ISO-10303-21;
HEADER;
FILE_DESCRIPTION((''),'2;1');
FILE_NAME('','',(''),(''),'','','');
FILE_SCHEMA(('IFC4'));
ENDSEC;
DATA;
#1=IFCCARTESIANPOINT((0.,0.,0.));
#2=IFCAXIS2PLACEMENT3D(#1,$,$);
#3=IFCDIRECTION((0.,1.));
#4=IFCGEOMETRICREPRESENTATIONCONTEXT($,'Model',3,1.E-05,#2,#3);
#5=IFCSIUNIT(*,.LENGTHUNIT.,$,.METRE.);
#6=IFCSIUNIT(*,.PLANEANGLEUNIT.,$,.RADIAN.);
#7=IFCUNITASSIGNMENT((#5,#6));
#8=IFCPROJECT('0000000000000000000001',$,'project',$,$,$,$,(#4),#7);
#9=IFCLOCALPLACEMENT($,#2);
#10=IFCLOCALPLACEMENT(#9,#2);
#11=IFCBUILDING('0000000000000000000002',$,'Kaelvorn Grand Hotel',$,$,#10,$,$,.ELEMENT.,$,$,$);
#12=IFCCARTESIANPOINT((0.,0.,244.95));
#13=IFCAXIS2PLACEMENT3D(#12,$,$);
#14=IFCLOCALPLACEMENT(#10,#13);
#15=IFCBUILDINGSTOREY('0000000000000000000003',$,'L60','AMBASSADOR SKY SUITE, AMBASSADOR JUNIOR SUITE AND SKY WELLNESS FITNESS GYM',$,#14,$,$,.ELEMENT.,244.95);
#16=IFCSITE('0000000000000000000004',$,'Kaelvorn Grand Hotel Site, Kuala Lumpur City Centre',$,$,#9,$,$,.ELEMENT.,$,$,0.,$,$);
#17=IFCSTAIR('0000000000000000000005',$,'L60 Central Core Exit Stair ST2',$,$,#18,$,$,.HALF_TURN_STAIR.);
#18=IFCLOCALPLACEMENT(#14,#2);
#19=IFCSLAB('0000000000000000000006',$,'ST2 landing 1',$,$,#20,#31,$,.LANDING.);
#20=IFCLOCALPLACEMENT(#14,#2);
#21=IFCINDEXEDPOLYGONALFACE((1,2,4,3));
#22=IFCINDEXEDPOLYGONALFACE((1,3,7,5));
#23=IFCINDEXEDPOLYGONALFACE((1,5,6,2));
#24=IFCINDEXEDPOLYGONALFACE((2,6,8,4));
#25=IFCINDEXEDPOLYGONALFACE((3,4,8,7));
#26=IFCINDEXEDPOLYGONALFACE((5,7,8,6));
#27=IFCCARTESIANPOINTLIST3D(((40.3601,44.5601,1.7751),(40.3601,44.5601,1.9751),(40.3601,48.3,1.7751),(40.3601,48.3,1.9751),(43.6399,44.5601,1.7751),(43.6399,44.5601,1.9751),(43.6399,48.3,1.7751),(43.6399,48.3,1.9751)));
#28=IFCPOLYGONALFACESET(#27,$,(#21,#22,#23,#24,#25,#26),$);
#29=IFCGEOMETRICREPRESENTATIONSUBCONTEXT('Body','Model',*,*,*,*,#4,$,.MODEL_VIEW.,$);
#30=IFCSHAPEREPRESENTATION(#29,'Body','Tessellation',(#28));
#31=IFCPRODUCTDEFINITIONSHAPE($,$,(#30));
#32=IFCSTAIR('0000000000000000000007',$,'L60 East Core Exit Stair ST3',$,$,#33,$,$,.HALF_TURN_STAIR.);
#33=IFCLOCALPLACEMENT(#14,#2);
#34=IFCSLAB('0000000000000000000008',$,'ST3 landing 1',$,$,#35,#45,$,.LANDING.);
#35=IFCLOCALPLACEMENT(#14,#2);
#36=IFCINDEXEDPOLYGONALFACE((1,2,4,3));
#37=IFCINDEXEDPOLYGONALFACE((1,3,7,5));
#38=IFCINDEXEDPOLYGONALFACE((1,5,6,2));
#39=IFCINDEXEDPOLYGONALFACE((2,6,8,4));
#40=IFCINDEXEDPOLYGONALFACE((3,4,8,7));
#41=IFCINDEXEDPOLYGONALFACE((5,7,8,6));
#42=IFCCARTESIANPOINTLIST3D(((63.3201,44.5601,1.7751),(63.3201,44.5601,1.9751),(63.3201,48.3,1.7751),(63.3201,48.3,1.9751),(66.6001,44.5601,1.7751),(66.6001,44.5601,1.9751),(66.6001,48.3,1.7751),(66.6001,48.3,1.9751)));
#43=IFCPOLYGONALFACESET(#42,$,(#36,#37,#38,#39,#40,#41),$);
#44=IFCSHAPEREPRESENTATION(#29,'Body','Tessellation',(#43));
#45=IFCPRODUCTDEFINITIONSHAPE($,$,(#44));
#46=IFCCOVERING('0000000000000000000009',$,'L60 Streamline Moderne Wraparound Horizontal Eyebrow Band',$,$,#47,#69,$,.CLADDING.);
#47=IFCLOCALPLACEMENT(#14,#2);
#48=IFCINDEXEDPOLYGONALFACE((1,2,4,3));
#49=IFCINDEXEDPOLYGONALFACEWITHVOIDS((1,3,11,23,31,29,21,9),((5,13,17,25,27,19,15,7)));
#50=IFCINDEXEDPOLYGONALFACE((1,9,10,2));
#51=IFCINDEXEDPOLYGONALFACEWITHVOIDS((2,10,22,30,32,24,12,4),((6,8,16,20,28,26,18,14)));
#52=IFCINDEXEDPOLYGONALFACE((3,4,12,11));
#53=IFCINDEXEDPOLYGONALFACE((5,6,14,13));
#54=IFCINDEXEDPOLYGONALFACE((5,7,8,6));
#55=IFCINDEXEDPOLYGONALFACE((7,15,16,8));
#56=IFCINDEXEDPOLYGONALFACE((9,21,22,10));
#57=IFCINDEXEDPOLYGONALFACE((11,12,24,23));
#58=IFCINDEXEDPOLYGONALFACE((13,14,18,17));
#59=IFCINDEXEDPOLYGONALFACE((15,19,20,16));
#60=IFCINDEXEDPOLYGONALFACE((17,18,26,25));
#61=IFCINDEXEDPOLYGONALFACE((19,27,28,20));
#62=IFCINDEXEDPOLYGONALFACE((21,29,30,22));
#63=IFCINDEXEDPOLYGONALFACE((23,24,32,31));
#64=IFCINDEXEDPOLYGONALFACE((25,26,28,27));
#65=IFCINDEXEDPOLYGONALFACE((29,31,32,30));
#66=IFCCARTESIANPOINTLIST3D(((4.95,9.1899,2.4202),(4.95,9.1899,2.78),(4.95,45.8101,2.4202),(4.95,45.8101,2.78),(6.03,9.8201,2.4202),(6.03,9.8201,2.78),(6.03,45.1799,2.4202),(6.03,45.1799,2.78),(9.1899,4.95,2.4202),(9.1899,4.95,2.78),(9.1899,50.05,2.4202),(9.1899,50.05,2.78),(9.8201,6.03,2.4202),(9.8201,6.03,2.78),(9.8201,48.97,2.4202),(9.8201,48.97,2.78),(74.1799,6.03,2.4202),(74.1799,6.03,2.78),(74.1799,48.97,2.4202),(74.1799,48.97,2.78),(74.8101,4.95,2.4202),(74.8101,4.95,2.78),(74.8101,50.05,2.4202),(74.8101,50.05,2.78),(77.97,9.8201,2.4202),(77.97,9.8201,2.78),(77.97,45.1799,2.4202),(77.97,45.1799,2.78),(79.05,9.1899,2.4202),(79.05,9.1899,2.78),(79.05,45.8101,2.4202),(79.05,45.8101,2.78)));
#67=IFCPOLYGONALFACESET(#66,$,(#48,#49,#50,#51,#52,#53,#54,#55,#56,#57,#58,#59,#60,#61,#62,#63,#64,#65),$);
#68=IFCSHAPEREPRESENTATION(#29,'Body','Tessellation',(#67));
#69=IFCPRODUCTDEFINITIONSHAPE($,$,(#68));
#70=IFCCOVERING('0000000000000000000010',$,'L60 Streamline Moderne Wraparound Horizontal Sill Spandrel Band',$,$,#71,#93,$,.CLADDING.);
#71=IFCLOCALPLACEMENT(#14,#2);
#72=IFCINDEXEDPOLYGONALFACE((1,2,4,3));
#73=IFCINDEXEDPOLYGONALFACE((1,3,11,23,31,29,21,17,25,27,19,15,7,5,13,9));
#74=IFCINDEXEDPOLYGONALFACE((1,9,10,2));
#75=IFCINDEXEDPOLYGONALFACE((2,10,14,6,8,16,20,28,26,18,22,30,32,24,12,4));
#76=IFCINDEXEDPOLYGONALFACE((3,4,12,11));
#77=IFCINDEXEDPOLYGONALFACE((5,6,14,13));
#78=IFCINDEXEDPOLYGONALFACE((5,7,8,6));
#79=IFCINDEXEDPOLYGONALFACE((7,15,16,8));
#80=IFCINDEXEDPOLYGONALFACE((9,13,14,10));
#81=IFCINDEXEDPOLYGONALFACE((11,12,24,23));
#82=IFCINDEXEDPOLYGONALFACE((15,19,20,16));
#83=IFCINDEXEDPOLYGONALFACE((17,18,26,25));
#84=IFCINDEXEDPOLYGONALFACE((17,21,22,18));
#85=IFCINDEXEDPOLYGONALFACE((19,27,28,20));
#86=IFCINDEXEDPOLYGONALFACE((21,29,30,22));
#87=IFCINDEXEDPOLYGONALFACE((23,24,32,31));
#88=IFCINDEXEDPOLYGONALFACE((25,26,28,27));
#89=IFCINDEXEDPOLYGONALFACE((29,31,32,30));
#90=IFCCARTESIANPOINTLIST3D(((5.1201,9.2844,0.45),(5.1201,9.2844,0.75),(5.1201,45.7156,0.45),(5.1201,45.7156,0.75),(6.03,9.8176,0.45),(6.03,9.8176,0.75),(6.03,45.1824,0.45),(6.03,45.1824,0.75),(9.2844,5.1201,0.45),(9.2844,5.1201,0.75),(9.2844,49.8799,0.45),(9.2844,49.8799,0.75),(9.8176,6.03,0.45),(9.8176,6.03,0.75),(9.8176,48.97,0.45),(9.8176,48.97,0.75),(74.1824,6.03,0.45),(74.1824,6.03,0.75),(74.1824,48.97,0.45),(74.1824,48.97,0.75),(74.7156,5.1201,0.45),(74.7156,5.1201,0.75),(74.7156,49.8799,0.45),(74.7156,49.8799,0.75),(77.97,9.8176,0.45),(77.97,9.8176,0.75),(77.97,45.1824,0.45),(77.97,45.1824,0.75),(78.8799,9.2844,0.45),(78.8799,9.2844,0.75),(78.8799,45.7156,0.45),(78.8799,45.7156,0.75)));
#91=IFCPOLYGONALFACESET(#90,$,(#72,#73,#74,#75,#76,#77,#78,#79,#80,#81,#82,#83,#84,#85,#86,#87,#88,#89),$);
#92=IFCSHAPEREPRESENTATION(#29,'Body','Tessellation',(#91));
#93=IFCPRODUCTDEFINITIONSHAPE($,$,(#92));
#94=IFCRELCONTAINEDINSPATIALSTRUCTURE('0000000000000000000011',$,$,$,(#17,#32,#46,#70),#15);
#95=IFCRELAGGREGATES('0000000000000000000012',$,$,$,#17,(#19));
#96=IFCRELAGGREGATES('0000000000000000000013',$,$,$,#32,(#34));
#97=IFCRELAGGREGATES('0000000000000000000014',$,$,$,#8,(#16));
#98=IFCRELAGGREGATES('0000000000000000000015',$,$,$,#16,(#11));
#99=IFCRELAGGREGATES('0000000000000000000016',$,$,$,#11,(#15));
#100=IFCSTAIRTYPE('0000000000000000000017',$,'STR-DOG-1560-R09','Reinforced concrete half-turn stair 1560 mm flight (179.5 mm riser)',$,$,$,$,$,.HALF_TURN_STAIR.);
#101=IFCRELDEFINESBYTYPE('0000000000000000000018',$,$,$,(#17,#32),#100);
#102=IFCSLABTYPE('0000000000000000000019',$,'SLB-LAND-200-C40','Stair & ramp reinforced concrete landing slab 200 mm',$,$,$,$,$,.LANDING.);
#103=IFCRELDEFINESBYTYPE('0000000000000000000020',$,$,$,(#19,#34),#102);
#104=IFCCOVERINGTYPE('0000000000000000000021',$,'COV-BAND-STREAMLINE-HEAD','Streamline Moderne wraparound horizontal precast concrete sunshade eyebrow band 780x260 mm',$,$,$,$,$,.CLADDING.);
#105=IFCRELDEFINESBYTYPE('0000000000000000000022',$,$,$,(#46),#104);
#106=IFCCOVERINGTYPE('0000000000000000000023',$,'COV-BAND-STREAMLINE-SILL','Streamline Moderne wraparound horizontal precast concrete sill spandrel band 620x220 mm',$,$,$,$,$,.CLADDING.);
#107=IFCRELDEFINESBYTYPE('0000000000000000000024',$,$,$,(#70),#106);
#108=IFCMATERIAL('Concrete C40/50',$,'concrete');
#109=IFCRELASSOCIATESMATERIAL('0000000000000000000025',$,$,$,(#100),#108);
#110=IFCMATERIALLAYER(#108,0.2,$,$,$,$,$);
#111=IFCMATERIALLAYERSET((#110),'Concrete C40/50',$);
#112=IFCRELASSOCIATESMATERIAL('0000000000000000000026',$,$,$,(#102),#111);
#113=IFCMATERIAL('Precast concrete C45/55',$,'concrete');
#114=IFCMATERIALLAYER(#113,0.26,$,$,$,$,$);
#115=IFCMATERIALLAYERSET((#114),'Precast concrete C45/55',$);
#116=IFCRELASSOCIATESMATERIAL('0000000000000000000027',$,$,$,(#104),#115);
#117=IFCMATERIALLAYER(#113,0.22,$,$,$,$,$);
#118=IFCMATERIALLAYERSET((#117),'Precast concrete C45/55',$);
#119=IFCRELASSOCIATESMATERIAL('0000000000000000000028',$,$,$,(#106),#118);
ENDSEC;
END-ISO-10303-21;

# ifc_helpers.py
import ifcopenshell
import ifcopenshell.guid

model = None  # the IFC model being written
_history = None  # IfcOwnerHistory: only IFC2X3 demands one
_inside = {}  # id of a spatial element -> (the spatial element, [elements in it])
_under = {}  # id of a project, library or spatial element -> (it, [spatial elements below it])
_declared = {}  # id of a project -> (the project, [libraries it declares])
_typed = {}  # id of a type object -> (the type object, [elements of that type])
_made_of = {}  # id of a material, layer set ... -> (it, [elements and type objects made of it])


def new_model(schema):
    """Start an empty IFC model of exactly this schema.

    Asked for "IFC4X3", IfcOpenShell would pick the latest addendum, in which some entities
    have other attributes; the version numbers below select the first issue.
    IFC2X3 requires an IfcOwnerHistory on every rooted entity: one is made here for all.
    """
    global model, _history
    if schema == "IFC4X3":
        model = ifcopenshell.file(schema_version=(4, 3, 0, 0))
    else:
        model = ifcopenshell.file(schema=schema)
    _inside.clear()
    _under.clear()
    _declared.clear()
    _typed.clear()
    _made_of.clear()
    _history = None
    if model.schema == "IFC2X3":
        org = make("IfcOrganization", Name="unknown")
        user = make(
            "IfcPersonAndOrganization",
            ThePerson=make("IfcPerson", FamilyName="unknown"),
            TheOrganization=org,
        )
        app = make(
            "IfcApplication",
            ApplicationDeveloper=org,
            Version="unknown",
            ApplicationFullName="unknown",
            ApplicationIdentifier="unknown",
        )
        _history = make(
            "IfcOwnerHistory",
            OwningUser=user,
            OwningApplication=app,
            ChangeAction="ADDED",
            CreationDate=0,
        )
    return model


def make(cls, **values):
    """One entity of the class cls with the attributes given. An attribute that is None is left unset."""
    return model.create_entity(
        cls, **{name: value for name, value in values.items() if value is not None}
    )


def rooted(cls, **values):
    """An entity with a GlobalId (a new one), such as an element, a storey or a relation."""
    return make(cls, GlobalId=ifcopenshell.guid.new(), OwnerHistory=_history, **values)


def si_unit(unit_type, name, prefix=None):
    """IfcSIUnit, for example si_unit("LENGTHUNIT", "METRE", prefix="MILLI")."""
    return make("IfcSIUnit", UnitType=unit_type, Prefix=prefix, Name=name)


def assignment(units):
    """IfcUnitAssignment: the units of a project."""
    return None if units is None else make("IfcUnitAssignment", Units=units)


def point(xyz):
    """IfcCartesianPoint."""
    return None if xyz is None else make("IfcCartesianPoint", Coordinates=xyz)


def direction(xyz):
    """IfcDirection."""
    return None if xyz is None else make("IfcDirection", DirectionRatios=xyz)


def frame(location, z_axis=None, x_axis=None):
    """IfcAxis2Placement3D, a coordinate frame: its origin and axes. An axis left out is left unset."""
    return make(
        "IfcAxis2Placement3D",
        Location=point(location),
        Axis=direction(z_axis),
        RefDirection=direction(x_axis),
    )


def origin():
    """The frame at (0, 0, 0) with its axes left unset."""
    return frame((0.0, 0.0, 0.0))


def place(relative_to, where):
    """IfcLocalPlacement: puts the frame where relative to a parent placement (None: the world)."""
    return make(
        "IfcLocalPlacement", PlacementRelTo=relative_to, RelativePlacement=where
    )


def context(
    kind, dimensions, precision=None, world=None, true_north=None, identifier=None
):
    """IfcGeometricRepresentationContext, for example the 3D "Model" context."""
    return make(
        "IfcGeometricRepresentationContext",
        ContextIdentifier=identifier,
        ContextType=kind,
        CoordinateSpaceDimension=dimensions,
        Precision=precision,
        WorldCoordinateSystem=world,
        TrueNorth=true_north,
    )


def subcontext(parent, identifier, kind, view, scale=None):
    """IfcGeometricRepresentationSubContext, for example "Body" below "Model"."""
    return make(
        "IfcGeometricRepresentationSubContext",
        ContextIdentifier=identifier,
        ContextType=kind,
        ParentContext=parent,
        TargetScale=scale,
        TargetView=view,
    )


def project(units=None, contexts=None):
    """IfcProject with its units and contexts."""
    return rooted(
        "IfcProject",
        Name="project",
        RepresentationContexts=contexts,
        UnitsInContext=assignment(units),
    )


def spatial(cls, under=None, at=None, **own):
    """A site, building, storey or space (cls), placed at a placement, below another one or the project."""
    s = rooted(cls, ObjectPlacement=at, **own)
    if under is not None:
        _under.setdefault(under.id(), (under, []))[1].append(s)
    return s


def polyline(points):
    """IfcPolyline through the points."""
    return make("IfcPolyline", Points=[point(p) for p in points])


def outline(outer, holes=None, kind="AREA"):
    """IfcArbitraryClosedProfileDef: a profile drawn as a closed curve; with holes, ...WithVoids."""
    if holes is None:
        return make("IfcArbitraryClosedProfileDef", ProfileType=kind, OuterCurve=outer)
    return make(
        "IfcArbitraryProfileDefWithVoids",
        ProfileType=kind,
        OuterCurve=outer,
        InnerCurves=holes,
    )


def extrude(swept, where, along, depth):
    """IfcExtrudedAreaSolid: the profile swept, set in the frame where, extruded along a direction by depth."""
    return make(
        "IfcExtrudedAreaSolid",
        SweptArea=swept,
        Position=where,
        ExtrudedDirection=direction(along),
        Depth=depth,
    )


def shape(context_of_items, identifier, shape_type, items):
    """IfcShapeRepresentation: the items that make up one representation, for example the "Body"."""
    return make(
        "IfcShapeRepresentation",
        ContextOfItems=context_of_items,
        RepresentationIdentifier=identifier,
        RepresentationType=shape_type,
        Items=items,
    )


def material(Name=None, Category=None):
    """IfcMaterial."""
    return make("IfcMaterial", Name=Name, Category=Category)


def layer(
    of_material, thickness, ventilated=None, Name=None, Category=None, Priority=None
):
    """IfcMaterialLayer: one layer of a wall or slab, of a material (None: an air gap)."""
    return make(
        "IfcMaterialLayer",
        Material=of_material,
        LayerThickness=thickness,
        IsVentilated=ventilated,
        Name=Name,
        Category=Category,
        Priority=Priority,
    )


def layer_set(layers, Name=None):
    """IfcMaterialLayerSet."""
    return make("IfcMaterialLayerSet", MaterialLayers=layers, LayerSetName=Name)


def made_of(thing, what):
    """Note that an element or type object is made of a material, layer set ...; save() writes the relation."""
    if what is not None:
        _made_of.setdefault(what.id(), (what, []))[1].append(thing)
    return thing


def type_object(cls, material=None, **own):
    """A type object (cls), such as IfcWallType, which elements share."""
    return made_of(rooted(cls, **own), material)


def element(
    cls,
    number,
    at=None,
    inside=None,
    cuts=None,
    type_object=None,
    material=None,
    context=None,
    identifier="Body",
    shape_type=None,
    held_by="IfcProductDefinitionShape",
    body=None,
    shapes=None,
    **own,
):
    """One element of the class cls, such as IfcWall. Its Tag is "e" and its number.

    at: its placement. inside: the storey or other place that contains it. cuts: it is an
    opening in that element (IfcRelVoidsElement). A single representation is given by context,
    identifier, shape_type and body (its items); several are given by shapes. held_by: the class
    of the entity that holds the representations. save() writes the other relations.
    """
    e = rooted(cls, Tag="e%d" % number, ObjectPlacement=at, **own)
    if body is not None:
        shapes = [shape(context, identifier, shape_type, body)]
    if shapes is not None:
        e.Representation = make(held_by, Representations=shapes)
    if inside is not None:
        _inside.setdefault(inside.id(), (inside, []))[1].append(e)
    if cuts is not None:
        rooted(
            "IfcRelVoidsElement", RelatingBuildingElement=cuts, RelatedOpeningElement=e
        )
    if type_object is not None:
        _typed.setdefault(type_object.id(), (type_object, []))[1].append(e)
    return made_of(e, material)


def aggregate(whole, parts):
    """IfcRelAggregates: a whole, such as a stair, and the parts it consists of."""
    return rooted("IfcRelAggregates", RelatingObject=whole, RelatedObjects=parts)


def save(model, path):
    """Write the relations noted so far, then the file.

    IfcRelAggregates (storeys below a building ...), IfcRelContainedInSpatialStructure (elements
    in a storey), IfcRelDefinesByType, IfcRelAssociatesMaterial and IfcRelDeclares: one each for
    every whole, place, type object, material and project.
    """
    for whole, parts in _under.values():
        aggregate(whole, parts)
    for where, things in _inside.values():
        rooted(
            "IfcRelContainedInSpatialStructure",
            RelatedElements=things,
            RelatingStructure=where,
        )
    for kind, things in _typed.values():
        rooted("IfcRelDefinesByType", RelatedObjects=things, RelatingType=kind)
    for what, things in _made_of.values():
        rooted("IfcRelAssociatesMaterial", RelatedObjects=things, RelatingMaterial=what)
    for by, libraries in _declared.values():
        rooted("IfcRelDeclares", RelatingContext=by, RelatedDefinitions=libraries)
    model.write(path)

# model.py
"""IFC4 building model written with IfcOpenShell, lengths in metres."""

from ifc_helpers import new_model, si_unit, direction, frame, origin, place, context, subcontext, project, spatial, polyline, outline, extrude, material, layer, layer_set, type_object, element, aggregate, save


model = new_model("IFC4")

# Units and contexts
model_context = context("Model", 3, precision=1e-05, world=origin(), true_north=direction((0.0, 1.0)))
body_context = subcontext(model_context, "Body", "Model", "MODEL_VIEW")
ifc_project = project(units=[si_unit("LENGTHUNIT", "METRE"), si_unit("PLANEANGLEUNIT", "RADIAN")], contexts=[model_context])

# Site, building, storey
site_placement = place(None, origin())
site = spatial("IfcSite", under=ifc_project, at=site_placement, Name="Kaelvorn Grand Hotel Site, Kuala Lumpur City Centre", CompositionType="ELEMENT", RefElevation=0.0)
building_placement = place(site_placement, origin())
building = spatial("IfcBuilding", under=site, at=building_placement, Name="Kaelvorn Grand Hotel", CompositionType="ELEMENT")
storey_placement = place(building_placement, frame((0.0, 0.0, 244.95)))
storey = spatial("IfcBuildingStorey", under=building, at=storey_placement, Name="L60", Description="AMBASSADOR SKY SUITE, AMBASSADOR JUNIOR SUITE AND SKY WELLNESS FITNESS GYM", CompositionType="ELEMENT", Elevation=244.95)

# Shared definitions
ifc_material_1 = material(Name="Precast concrete C45/55", Category="concrete")

# Shared definitions
ifc_material_2 = material(Name="Concrete C40/50", Category="concrete")

# Stairs, slabs
stair_type = type_object("IfcStairType", Name="STR-DOG-1560-R09", Description="Reinforced concrete half-turn stair 1560 mm flight (179.5 mm riser)", PredefinedType="HALF_TURN_STAIR", material=ifc_material_2)
ifc_layer_1 = layer(ifc_material_2, 0.2)
ifc_layer_set_1 = layer_set([ifc_layer_1], Name="Concrete C40/50")
slab_type_1 = type_object("IfcSlabType", Name="SLB-LAND-200-C40", Description="Stair & ramp reinforced concrete landing slab 200 mm", PredefinedType="LANDING", material=ifc_layer_set_1)
stair_1_placement = place(storey_placement, origin())
stair_1 = element("IfcStair", 1, at=stair_1_placement, inside=storey, type_object=stair_type, Name="L60 Central Core Exit Stair ST2", PredefinedType="HALF_TURN_STAIR")
slab_1_placement = place(storey_placement, frame((0.0, 0.0, 1.7751)))
slab_1 = element("IfcSlab", 2, at=slab_1_placement, type_object=slab_type_1, Name="ST2 landing 1", PredefinedType="LANDING", context=body_context, shape_type="SweptSolid", body=[
    extrude(outline(polyline([(43.6399, 44.5601), (43.6399, 48.3), (40.3601, 48.3), (40.3601, 44.5601), (43.6399, 44.5601)])), origin(), (0.0, 0.0, 1.0), 0.2),
])
aggregate(stair_1, [slab_1])
stair_2_placement = place(storey_placement, origin())
stair_2 = element("IfcStair", 3, at=stair_2_placement, inside=storey, type_object=stair_type, Name="L60 East Core Exit Stair ST3", PredefinedType="HALF_TURN_STAIR")
slab_2_placement = place(storey_placement, frame((0.0, 0.0, 1.7751)))
slab_2 = element("IfcSlab", 4, at=slab_2_placement, type_object=slab_type_1, Name="ST3 landing 1", PredefinedType="LANDING", context=body_context, shape_type="SweptSolid", body=[
    extrude(outline(polyline([(66.6001, 44.5601), (66.6001, 48.3), (63.3201, 48.3), (63.3201, 44.5601), (66.6001, 44.5601)])), origin(), (0.0, 0.0, 1.0), 0.2),
])
aggregate(stair_2, [slab_2])

# Coverings
ifc_layer_2 = layer(ifc_material_1, 0.26)
ifc_layer_set_2 = layer_set([ifc_layer_2], Name="Precast concrete C45/55")
covering_type_1 = type_object("IfcCoveringType", Name="COV-BAND-STREAMLINE-HEAD", Description="Streamline Moderne wraparound horizontal precast concrete sunshade eyebrow band 780x260 mm", PredefinedType="CLADDING", material=ifc_layer_set_2)
covering_1_placement = place(storey_placement, frame((0.0, 0.0, 2.4202)))
element("IfcCovering", 5, at=covering_1_placement, inside=storey, type_object=covering_type_1, Name="L60 Streamline Moderne Wraparound Horizontal Eyebrow Band", PredefinedType="CLADDING", context=body_context, shape_type="SweptSolid", body=[
    extrude(outline(polyline([(9.1899, 4.95), (74.8101, 4.95), (79.05, 9.1899), (79.05, 45.8101), (74.8101, 50.05), (9.1899, 50.05), (4.95, 45.8101), (4.95, 9.1899), (9.1899, 4.95)]), holes=[polyline([(9.8201, 6.03), (74.1799, 6.03), (77.97, 9.8201), (77.97, 45.1799), (74.1799, 48.97), (9.8201, 48.97), (6.03, 45.1799), (6.03, 9.8201), (9.8201, 6.03)])]), origin(), (0.0, 0.0, 1.0), 0.3599),
])
ifc_layer_3 = layer(ifc_material_1, 0.22)
ifc_layer_set_3 = layer_set([ifc_layer_3], Name="Precast concrete C45/55")
covering_type_2 = type_object("IfcCoveringType", Name="COV-BAND-STREAMLINE-SILL", Description="Streamline Moderne wraparound horizontal precast concrete sill spandrel band 620x220 mm", PredefinedType="CLADDING", material=ifc_layer_set_3)
covering_2_placement = place(storey_placement, frame((0.0, 0.0, 0.45)))
element("IfcCovering", 6, at=covering_2_placement, inside=storey, type_object=covering_type_2, Name="L60 Streamline Moderne Wraparound Horizontal Sill Spandrel Band", PredefinedType="CLADDING", context=body_context, shape_type="SweptSolid", body=[
    extrude(outline(polyline([(74.7156, 5.1201), (78.8799, 9.2844), (78.8799, 45.7156), (74.7156, 49.8799), (9.2844, 49.8799), (5.1201, 45.7156), (5.1201, 9.2844), (9.2844, 5.1201), (9.8176, 6.03), (6.03, 9.8176), (6.03, 45.1824), (9.8176, 48.97), (74.1824, 48.97), (77.97, 45.1824), (77.97, 9.8176), (74.1824, 6.03), (74.7156, 5.1201)])), origin(), (0.0, 0.0, 1.0), 0.3),
])

save(model, "model.ifc")
